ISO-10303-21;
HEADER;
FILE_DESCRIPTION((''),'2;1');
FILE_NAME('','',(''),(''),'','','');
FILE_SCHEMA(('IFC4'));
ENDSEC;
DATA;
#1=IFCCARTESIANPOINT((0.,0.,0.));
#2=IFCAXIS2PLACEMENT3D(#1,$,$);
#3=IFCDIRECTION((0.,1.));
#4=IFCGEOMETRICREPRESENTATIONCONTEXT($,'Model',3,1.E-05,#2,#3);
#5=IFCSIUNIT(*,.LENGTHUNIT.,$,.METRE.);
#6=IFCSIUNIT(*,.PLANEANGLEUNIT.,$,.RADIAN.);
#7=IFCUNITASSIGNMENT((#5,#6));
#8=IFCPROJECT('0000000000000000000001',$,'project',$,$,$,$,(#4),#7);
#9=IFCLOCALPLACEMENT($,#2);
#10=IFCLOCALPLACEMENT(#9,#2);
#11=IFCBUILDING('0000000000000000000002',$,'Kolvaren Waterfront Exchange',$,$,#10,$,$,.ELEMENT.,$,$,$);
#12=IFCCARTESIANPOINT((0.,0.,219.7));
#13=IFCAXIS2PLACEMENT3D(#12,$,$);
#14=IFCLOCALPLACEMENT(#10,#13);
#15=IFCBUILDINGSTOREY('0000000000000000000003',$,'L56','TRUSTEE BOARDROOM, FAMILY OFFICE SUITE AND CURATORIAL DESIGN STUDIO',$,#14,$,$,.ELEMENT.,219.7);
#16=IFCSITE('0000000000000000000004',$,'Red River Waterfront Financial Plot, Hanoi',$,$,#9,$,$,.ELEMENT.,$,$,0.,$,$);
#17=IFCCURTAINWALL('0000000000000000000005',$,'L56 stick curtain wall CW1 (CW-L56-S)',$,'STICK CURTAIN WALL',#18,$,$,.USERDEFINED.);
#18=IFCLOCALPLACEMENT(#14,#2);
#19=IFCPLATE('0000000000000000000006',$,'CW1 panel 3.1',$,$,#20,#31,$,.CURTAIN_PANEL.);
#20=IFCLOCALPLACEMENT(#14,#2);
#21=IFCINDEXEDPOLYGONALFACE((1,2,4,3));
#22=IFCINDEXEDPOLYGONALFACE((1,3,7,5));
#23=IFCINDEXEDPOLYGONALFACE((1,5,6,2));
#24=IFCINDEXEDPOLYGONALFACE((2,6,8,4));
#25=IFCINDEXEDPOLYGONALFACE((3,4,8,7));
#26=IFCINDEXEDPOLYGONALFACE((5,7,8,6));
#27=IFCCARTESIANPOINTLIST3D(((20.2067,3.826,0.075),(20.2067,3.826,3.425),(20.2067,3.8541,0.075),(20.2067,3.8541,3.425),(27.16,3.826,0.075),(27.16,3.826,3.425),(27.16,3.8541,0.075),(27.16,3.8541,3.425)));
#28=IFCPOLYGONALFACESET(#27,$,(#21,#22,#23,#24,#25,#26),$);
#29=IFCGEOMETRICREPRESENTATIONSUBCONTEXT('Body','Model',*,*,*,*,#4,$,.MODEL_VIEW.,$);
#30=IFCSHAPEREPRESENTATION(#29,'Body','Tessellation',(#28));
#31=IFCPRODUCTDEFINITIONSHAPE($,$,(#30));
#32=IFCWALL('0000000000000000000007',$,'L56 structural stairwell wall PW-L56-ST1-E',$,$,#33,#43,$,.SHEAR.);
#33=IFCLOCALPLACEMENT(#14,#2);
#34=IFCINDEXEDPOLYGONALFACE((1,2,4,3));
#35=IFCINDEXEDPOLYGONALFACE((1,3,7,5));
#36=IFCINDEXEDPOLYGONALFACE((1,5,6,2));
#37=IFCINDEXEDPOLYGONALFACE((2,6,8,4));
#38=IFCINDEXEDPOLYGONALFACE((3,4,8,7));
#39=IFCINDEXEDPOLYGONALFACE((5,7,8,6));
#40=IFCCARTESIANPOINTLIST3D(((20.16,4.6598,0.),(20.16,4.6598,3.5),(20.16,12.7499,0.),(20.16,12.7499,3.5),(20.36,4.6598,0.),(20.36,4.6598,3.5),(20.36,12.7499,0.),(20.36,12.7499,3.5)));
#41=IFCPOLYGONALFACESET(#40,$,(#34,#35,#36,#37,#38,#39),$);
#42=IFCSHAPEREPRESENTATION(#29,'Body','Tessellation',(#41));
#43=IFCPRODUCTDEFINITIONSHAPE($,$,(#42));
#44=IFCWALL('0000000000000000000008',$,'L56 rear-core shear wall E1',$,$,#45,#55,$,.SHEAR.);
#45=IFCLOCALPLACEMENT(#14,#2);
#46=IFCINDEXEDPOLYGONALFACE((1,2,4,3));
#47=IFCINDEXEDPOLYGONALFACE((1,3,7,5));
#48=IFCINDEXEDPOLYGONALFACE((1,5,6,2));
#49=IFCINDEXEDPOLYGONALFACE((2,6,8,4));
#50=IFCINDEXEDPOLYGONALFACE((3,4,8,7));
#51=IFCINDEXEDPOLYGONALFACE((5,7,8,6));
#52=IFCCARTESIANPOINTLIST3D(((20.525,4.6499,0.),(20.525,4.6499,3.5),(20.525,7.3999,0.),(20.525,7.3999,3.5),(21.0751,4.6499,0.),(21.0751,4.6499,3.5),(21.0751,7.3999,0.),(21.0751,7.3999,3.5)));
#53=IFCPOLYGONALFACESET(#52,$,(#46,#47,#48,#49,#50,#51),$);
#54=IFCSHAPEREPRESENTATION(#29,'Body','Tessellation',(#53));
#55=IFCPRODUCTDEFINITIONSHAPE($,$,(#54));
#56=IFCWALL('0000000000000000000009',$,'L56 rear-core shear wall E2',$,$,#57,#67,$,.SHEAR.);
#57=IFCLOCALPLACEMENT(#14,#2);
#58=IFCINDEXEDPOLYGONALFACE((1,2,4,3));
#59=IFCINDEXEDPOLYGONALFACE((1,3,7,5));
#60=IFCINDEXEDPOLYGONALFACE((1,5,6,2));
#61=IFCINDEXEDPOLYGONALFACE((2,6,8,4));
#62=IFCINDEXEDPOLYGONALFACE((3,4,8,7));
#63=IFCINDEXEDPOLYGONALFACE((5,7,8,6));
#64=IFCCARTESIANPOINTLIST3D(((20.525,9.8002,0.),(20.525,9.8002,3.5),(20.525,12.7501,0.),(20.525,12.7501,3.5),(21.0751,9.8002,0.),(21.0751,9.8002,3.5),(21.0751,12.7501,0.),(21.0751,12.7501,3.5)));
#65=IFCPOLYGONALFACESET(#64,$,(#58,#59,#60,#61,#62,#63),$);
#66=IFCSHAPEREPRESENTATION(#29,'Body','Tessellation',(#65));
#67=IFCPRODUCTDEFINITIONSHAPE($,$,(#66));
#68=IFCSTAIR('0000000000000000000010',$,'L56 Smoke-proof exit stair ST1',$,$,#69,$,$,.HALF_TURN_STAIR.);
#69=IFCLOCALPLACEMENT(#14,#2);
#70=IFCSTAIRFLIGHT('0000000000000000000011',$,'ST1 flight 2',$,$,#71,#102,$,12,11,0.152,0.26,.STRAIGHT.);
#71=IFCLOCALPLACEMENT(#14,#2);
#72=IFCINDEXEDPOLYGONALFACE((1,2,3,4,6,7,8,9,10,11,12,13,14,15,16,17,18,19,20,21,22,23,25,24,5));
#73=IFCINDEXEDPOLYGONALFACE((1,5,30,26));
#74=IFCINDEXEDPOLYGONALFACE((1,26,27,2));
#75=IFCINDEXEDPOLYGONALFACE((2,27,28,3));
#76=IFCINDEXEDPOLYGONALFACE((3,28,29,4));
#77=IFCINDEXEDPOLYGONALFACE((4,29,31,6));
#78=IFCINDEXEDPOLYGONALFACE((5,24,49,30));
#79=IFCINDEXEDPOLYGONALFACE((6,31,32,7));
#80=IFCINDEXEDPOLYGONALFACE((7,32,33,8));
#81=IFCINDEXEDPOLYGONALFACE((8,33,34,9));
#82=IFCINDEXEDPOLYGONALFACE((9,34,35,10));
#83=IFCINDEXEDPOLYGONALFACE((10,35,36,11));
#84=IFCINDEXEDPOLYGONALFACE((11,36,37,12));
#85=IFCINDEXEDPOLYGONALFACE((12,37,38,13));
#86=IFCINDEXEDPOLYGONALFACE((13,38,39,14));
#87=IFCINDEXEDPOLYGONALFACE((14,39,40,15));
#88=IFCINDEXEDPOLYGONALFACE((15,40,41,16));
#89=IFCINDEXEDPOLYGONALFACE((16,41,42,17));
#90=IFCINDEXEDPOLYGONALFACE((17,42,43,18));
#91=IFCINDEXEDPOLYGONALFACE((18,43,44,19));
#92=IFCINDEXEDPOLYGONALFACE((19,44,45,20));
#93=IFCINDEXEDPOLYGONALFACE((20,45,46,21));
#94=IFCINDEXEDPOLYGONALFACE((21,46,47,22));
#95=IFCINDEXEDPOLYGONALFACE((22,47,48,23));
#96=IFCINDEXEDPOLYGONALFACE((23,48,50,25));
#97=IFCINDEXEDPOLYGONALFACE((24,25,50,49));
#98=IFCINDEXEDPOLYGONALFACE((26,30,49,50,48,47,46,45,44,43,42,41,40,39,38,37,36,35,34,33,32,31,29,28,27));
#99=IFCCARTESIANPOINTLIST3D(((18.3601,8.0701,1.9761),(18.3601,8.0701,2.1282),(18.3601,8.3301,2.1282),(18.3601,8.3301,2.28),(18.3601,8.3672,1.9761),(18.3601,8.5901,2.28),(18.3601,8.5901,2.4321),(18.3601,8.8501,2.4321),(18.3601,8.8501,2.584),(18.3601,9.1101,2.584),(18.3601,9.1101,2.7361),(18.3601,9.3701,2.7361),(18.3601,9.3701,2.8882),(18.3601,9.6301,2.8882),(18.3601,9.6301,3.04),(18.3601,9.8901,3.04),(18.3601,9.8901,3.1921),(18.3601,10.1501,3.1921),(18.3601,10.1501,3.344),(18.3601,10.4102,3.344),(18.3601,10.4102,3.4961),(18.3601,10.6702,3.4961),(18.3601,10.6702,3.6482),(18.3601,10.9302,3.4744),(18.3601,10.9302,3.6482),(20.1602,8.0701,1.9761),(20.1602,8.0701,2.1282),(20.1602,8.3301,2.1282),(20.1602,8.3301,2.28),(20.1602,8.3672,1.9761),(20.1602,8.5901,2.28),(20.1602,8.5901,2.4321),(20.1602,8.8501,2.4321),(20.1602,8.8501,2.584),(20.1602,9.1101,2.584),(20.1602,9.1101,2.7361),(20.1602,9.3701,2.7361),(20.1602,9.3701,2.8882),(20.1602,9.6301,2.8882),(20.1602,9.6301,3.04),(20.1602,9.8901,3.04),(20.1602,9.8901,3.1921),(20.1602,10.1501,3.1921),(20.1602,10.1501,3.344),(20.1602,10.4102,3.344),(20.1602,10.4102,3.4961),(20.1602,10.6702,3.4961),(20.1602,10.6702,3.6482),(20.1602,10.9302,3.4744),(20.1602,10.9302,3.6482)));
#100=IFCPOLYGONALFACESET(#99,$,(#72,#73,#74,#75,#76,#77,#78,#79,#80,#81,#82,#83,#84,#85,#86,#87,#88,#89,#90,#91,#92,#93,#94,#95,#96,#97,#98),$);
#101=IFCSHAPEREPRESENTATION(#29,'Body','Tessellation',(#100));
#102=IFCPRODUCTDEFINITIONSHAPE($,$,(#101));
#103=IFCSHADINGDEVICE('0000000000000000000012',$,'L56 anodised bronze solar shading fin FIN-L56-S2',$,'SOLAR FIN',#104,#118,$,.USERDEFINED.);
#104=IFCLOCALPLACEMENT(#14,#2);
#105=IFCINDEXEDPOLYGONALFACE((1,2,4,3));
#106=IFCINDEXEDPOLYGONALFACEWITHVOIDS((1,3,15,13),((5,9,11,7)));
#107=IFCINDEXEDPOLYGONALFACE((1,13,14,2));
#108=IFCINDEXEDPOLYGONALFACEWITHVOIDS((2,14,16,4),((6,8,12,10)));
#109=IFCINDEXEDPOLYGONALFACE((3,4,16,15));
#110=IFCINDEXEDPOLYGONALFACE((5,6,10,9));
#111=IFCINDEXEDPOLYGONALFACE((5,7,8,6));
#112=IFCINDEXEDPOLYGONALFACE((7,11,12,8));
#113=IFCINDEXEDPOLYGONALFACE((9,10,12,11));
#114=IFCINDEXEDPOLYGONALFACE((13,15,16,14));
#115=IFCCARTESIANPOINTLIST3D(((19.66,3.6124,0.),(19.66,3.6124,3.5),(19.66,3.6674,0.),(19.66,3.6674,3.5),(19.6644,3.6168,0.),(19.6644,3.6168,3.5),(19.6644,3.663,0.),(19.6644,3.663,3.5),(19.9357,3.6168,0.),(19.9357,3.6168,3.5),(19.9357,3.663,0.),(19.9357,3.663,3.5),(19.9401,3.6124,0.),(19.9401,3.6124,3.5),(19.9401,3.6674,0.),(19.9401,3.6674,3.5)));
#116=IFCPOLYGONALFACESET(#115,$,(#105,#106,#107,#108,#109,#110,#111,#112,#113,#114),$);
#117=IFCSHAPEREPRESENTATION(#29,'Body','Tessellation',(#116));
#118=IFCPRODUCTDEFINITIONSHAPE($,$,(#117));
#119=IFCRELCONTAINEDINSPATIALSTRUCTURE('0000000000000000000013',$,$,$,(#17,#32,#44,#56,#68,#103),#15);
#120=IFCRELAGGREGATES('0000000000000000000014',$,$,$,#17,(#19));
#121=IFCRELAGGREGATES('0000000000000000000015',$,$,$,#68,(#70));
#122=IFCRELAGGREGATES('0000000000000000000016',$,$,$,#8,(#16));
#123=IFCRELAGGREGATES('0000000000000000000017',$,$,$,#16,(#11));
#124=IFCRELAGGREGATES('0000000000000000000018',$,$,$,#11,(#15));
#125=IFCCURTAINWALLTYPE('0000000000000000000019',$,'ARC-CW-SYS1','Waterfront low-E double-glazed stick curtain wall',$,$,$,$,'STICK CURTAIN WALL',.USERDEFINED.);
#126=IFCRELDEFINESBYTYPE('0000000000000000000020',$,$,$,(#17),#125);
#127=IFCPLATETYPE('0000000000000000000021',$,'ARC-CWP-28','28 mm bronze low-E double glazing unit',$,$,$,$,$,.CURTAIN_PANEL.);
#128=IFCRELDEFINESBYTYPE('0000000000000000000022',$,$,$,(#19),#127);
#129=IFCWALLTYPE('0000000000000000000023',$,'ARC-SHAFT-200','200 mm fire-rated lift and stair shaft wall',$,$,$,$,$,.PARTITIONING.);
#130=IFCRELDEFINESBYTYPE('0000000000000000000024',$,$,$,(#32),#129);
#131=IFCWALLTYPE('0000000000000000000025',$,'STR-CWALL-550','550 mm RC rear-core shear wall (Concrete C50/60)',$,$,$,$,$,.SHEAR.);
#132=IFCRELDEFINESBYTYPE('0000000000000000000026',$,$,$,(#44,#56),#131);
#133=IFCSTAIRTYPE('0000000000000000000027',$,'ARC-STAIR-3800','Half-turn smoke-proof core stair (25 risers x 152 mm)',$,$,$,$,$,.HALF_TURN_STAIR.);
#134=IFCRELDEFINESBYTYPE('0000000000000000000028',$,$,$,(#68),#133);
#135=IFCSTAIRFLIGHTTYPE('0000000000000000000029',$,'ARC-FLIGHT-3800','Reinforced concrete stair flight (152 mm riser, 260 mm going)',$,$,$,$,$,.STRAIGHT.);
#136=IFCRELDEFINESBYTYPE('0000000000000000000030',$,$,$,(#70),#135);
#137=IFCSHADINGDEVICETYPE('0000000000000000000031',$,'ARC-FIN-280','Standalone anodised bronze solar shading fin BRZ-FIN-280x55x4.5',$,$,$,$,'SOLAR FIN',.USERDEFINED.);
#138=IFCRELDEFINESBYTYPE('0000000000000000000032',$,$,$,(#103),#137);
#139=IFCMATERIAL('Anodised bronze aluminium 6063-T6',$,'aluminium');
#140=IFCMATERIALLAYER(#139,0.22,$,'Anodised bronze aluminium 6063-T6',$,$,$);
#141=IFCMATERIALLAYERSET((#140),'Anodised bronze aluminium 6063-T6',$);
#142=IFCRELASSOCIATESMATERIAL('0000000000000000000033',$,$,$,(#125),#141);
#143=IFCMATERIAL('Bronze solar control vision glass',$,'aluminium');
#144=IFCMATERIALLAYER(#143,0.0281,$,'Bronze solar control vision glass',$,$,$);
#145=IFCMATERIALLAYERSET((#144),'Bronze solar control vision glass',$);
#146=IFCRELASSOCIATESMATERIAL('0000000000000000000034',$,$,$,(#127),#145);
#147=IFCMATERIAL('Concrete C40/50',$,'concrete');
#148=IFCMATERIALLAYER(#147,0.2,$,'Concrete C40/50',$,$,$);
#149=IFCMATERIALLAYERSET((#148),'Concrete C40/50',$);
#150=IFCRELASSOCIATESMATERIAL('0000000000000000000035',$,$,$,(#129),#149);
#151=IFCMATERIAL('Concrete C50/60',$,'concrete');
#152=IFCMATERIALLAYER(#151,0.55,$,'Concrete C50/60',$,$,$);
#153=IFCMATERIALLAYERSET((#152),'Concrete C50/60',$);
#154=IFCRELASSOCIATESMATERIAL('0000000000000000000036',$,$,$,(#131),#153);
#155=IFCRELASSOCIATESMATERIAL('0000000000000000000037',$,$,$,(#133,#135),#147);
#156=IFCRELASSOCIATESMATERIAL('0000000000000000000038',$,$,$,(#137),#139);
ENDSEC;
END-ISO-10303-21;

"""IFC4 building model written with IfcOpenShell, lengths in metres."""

from ifc_helpers import new_model, si_unit, direction, frame, frame_2d, origin, origin_with_axes, origin_2d, place, context, subcontext, project, spatial, polyline, rectangle, hollow_rectangle, outline, extrude, source, transform, mapped, material, layer, layer_set, material_profile, profile_set, type_object, element, aggregate, save


model = new_model("IFC4")

# Units and contexts
model_context = context("Model", 3, precision=1e-05, world=origin(), true_north=direction((0.0, 1.0)))
body_context = subcontext(model_context, "Body", "Model", "MODEL_VIEW")
ifc_project = project(units=[si_unit("LENGTHUNIT", "METRE"), si_unit("PLANEANGLEUNIT", "RADIAN")], contexts=[model_context])

# Site, building, storey
site_placement = place(None, origin())
site = spatial("IfcSite", under=ifc_project, at=site_placement, Name="Red River Waterfront Financial Plot, Hanoi", CompositionType="ELEMENT", RefElevation=0.0)
building_placement = place(site_placement, origin())
building = spatial("IfcBuilding", under=site, at=building_placement, Name="Kolvaren Waterfront Exchange", CompositionType="ELEMENT")
storey_placement = place(building_placement, frame((0.0, 0.0, 219.7)))
storey = spatial("IfcBuildingStorey", under=building, at=storey_placement, Name="L56", Description="TRUSTEE BOARDROOM, FAMILY OFFICE SUITE AND CURATORIAL DESIGN STUDIO", CompositionType="ELEMENT", Elevation=219.7)

# Shared definitions
ifc_material_1 = material(Name="Concrete C50/60", Category="concrete")

# Curtain wall, plate
ifc_material_2 = material(Name="Anodised bronze aluminium 6063-T6", Category="aluminium")
ifc_layer_1 = layer(ifc_material_2, 0.22, Name="Anodised bronze aluminium 6063-T6")
ifc_layer_set_1 = layer_set([ifc_layer_1], Name="Anodised bronze aluminium 6063-T6")
curtain_wall_type = type_object("IfcCurtainWallType", Name="ARC-CW-SYS1", Description="Waterfront low-E double-glazed stick curtain wall", ElementType="STICK CURTAIN WALL", PredefinedType="USERDEFINED", material=ifc_layer_set_1)
curtain_wall_placement = place(storey_placement, origin())
curtain_wall = element("IfcCurtainWall", 1, at=curtain_wall_placement, inside=storey, type_object=curtain_wall_type, Name="L56 stick curtain wall CW1 (CW-L56-S)", ObjectType="STICK CURTAIN WALL", PredefinedType="USERDEFINED")
ifc_material_3 = material(Name="Bronze solar control vision glass", Category="aluminium")
ifc_layer_2 = layer(ifc_material_3, 0.0281, Name="Bronze solar control vision glass")
ifc_layer_set_2 = layer_set([ifc_layer_2], Name="Bronze solar control vision glass")
plate_type = type_object("IfcPlateType", Name="ARC-CWP-28", Description="28 mm bronze low-E double glazing unit", PredefinedType="CURTAIN_PANEL", material=ifc_layer_set_2)
shared_shape_1 = source(origin_with_axes(), body_context, "Body", "SweptSolid", [
    extrude(rectangle(XDim=6.9534, YDim=0.0281, at=origin_2d()), origin(), (0.0, 0.0, 1.0), 3.3501),
])
plate_placement = place(storey_placement, frame((23.6833, 3.8401, 0.075), z_axis=(0.0, 0.0, 1.0), x_axis=(1.0, 0.0, 0.0)))
plate = element("IfcPlate", 2, at=plate_placement, type_object=plate_type, Name="CW1 panel 3.1", PredefinedType="CURTAIN_PANEL", context=body_context, shape_type="MappedRepresentation", body=[
    mapped(shared_shape_1, transform((0.0, 0.0, 0.0), x_axis=(1.0, 0.0, 0.0), y_axis=(0.0, 1.0, 0.0), z_axis=(0.0, 0.0, 1.0), scale=1.0)),
])
aggregate(curtain_wall, [plate])

# Walls
ifc_material_4 = material(Name="Concrete C40/50", Category="concrete")
ifc_layer_3 = layer(ifc_material_4, 0.2, Name="Concrete C40/50")
ifc_layer_set_3 = layer_set([ifc_layer_3], Name="Concrete C40/50")
wall_type_1 = type_object("IfcWallType", Name="ARC-SHAFT-200", Description="200 mm fire-rated lift and stair shaft wall", PredefinedType="PARTITIONING", material=ifc_layer_set_3)
wall_1_placement = place(storey_placement, frame((20.26, 4.6599, 0.0), z_axis=(0.0, 0.0, 1.0), x_axis=(0.0, 1.0, 0.0)))
element("IfcWall", 3, at=wall_1_placement, inside=storey, type_object=wall_type_1, Name="L56 structural stairwell wall PW-L56-ST1-E", PredefinedType="SHEAR", context=body_context, shape_type="SweptSolid", body=[
    extrude(rectangle(XDim=8.0901, YDim=0.2, at=frame_2d((4.0449, 0.0))), origin(), (0.0, 0.0, 1.0), 3.5),
])
ifc_layer_4 = layer(ifc_material_1, 0.55, Name="Concrete C50/60")
ifc_layer_set_4 = layer_set([ifc_layer_4], Name="Concrete C50/60")
wall_type_2 = type_object("IfcWallType", Name="STR-CWALL-550", Description="550 mm RC rear-core shear wall (Concrete C50/60)", PredefinedType="SHEAR", material=ifc_layer_set_4)
wall_2_placement = place(storey_placement, frame((20.8, 4.6499, 0.0), z_axis=(0.0, 0.0, 1.0), x_axis=(0.0, 1.0, 0.0)))
element("IfcWall", 4, at=wall_2_placement, inside=storey, type_object=wall_type_2, Name="L56 rear-core shear wall E1", PredefinedType="SHEAR", context=body_context, shape_type="SweptSolid", body=[
    extrude(rectangle(XDim=2.75, YDim=0.55, at=frame_2d((1.375, 0.0))), origin(), (0.0, 0.0, 1.0), 3.5),
])
wall_3_placement = place(storey_placement, frame((20.8, 9.8, 0.0), z_axis=(0.0, 0.0, 1.0), x_axis=(0.0, 1.0, 0.0)))
element("IfcWall", 5, at=wall_3_placement, inside=storey, type_object=wall_type_2, Name="L56 rear-core shear wall E2", PredefinedType="SHEAR", context=body_context, shape_type="SweptSolid", body=[
    extrude(rectangle(XDim=2.95, YDim=0.55, at=frame_2d((1.4751, 0.0))), origin(), (0.0, 0.0, 1.0), 3.5),
])

# Stair, stair flight
stair_type = type_object("IfcStairType", Name="ARC-STAIR-3800", Description="Half-turn smoke-proof core stair (25 risers x 152 mm)", PredefinedType="HALF_TURN_STAIR", material=ifc_material_4)
stair_placement = place(storey_placement, origin())
stair = element("IfcStair", 6, at=stair_placement, inside=storey, type_object=stair_type, Name="L56 Smoke-proof exit stair ST1", PredefinedType="HALF_TURN_STAIR")
stair_flight_type = type_object("IfcStairFlightType", Name="ARC-FLIGHT-3800", Description="Reinforced concrete stair flight (152 mm riser, 260 mm going)", PredefinedType="STRAIGHT", material=ifc_material_4)
stair_flight_placement = place(storey_placement, frame((19.26, 8.0701, 1.9761), z_axis=(0.0, 0.0, 1.0), x_axis=(0.0, 1.0, 0.0)))
stair_flight = element("IfcStairFlight", 7, at=stair_flight_placement, type_object=stair_flight_type, Name="ST1 flight 2", NumberOfRisers=12, NumberOfTreads=11, PredefinedType="STRAIGHT", RiserHeight=0.152, TreadLength=0.26, context=body_context, shape_type="SweptSolid", body=[
    extrude(outline(polyline([(0.0, 0.0), (0.0, 0.1521), (0.26, 0.1521), (0.26, 0.304), (0.52, 0.304), (0.52, 0.4561), (0.78, 0.4561), (0.78, 0.6079), (1.04, 0.6079), (1.04, 0.76), (1.3, 0.76), (1.3, 0.9121), (1.5601, 0.9121), (1.5601, 1.064), (1.8201, 1.064), (1.8201, 1.2161), (2.0801, 1.2161), (2.0801, 1.3679), (2.3401, 1.3679), (2.3401, 1.52), (2.6001, 1.52), (2.6001, 1.6721), (2.8601, 1.6721), (2.8601, 1.824), (2.8601, 1.4983), (0.2971, 0.0), (0.0, 0.0)])), frame((0.0, 0.8999, 0.0), z_axis=(0.0, -1.0, 0.0), x_axis=(1.0, 0.0, 0.0)), (0.0, 0.0, 1.0), 1.8),
])
aggregate(stair, [stair_flight])

# Shading device
ifc_material_profile_1 = material_profile(ifc_material_2, hollow_rectangle(XDim=0.0549, YDim=0.28, WallThickness=0.0044, at=origin_2d()), Name="BRZ-FIN-280x55x4.5")
ifc_profile_set_1 = profile_set([ifc_material_profile_1], Name="Anodised bronze aluminium 6063-T6")
shading_device_type = type_object("IfcShadingDeviceType", Name="ARC-FIN-280", Description="Standalone anodised bronze solar shading fin BRZ-FIN-280x55x4.5", ElementType="SOLAR FIN", PredefinedType="USERDEFINED", material=ifc_profile_set_1)
shading_device_placement = place(storey_placement, frame((19.8, 3.6399, 0.0), z_axis=(0.0, 0.0, 1.0), x_axis=(0.0, -1.0, 0.0)))
element("IfcShadingDevice", 8, at=shading_device_placement, inside=storey, type_object=shading_device_type, Name="L56 anodised bronze solar shading fin FIN-L56-S2", ObjectType="SOLAR FIN", PredefinedType="USERDEFINED", context=body_context, shape_type="SweptSolid", body=[
    extrude(hollow_rectangle(XDim=0.0549, YDim=0.28, WallThickness=0.0044, at=origin_2d()), origin(), (0.0, 0.0, 1.0), 3.5),
])

save(model, "model.ifc")
